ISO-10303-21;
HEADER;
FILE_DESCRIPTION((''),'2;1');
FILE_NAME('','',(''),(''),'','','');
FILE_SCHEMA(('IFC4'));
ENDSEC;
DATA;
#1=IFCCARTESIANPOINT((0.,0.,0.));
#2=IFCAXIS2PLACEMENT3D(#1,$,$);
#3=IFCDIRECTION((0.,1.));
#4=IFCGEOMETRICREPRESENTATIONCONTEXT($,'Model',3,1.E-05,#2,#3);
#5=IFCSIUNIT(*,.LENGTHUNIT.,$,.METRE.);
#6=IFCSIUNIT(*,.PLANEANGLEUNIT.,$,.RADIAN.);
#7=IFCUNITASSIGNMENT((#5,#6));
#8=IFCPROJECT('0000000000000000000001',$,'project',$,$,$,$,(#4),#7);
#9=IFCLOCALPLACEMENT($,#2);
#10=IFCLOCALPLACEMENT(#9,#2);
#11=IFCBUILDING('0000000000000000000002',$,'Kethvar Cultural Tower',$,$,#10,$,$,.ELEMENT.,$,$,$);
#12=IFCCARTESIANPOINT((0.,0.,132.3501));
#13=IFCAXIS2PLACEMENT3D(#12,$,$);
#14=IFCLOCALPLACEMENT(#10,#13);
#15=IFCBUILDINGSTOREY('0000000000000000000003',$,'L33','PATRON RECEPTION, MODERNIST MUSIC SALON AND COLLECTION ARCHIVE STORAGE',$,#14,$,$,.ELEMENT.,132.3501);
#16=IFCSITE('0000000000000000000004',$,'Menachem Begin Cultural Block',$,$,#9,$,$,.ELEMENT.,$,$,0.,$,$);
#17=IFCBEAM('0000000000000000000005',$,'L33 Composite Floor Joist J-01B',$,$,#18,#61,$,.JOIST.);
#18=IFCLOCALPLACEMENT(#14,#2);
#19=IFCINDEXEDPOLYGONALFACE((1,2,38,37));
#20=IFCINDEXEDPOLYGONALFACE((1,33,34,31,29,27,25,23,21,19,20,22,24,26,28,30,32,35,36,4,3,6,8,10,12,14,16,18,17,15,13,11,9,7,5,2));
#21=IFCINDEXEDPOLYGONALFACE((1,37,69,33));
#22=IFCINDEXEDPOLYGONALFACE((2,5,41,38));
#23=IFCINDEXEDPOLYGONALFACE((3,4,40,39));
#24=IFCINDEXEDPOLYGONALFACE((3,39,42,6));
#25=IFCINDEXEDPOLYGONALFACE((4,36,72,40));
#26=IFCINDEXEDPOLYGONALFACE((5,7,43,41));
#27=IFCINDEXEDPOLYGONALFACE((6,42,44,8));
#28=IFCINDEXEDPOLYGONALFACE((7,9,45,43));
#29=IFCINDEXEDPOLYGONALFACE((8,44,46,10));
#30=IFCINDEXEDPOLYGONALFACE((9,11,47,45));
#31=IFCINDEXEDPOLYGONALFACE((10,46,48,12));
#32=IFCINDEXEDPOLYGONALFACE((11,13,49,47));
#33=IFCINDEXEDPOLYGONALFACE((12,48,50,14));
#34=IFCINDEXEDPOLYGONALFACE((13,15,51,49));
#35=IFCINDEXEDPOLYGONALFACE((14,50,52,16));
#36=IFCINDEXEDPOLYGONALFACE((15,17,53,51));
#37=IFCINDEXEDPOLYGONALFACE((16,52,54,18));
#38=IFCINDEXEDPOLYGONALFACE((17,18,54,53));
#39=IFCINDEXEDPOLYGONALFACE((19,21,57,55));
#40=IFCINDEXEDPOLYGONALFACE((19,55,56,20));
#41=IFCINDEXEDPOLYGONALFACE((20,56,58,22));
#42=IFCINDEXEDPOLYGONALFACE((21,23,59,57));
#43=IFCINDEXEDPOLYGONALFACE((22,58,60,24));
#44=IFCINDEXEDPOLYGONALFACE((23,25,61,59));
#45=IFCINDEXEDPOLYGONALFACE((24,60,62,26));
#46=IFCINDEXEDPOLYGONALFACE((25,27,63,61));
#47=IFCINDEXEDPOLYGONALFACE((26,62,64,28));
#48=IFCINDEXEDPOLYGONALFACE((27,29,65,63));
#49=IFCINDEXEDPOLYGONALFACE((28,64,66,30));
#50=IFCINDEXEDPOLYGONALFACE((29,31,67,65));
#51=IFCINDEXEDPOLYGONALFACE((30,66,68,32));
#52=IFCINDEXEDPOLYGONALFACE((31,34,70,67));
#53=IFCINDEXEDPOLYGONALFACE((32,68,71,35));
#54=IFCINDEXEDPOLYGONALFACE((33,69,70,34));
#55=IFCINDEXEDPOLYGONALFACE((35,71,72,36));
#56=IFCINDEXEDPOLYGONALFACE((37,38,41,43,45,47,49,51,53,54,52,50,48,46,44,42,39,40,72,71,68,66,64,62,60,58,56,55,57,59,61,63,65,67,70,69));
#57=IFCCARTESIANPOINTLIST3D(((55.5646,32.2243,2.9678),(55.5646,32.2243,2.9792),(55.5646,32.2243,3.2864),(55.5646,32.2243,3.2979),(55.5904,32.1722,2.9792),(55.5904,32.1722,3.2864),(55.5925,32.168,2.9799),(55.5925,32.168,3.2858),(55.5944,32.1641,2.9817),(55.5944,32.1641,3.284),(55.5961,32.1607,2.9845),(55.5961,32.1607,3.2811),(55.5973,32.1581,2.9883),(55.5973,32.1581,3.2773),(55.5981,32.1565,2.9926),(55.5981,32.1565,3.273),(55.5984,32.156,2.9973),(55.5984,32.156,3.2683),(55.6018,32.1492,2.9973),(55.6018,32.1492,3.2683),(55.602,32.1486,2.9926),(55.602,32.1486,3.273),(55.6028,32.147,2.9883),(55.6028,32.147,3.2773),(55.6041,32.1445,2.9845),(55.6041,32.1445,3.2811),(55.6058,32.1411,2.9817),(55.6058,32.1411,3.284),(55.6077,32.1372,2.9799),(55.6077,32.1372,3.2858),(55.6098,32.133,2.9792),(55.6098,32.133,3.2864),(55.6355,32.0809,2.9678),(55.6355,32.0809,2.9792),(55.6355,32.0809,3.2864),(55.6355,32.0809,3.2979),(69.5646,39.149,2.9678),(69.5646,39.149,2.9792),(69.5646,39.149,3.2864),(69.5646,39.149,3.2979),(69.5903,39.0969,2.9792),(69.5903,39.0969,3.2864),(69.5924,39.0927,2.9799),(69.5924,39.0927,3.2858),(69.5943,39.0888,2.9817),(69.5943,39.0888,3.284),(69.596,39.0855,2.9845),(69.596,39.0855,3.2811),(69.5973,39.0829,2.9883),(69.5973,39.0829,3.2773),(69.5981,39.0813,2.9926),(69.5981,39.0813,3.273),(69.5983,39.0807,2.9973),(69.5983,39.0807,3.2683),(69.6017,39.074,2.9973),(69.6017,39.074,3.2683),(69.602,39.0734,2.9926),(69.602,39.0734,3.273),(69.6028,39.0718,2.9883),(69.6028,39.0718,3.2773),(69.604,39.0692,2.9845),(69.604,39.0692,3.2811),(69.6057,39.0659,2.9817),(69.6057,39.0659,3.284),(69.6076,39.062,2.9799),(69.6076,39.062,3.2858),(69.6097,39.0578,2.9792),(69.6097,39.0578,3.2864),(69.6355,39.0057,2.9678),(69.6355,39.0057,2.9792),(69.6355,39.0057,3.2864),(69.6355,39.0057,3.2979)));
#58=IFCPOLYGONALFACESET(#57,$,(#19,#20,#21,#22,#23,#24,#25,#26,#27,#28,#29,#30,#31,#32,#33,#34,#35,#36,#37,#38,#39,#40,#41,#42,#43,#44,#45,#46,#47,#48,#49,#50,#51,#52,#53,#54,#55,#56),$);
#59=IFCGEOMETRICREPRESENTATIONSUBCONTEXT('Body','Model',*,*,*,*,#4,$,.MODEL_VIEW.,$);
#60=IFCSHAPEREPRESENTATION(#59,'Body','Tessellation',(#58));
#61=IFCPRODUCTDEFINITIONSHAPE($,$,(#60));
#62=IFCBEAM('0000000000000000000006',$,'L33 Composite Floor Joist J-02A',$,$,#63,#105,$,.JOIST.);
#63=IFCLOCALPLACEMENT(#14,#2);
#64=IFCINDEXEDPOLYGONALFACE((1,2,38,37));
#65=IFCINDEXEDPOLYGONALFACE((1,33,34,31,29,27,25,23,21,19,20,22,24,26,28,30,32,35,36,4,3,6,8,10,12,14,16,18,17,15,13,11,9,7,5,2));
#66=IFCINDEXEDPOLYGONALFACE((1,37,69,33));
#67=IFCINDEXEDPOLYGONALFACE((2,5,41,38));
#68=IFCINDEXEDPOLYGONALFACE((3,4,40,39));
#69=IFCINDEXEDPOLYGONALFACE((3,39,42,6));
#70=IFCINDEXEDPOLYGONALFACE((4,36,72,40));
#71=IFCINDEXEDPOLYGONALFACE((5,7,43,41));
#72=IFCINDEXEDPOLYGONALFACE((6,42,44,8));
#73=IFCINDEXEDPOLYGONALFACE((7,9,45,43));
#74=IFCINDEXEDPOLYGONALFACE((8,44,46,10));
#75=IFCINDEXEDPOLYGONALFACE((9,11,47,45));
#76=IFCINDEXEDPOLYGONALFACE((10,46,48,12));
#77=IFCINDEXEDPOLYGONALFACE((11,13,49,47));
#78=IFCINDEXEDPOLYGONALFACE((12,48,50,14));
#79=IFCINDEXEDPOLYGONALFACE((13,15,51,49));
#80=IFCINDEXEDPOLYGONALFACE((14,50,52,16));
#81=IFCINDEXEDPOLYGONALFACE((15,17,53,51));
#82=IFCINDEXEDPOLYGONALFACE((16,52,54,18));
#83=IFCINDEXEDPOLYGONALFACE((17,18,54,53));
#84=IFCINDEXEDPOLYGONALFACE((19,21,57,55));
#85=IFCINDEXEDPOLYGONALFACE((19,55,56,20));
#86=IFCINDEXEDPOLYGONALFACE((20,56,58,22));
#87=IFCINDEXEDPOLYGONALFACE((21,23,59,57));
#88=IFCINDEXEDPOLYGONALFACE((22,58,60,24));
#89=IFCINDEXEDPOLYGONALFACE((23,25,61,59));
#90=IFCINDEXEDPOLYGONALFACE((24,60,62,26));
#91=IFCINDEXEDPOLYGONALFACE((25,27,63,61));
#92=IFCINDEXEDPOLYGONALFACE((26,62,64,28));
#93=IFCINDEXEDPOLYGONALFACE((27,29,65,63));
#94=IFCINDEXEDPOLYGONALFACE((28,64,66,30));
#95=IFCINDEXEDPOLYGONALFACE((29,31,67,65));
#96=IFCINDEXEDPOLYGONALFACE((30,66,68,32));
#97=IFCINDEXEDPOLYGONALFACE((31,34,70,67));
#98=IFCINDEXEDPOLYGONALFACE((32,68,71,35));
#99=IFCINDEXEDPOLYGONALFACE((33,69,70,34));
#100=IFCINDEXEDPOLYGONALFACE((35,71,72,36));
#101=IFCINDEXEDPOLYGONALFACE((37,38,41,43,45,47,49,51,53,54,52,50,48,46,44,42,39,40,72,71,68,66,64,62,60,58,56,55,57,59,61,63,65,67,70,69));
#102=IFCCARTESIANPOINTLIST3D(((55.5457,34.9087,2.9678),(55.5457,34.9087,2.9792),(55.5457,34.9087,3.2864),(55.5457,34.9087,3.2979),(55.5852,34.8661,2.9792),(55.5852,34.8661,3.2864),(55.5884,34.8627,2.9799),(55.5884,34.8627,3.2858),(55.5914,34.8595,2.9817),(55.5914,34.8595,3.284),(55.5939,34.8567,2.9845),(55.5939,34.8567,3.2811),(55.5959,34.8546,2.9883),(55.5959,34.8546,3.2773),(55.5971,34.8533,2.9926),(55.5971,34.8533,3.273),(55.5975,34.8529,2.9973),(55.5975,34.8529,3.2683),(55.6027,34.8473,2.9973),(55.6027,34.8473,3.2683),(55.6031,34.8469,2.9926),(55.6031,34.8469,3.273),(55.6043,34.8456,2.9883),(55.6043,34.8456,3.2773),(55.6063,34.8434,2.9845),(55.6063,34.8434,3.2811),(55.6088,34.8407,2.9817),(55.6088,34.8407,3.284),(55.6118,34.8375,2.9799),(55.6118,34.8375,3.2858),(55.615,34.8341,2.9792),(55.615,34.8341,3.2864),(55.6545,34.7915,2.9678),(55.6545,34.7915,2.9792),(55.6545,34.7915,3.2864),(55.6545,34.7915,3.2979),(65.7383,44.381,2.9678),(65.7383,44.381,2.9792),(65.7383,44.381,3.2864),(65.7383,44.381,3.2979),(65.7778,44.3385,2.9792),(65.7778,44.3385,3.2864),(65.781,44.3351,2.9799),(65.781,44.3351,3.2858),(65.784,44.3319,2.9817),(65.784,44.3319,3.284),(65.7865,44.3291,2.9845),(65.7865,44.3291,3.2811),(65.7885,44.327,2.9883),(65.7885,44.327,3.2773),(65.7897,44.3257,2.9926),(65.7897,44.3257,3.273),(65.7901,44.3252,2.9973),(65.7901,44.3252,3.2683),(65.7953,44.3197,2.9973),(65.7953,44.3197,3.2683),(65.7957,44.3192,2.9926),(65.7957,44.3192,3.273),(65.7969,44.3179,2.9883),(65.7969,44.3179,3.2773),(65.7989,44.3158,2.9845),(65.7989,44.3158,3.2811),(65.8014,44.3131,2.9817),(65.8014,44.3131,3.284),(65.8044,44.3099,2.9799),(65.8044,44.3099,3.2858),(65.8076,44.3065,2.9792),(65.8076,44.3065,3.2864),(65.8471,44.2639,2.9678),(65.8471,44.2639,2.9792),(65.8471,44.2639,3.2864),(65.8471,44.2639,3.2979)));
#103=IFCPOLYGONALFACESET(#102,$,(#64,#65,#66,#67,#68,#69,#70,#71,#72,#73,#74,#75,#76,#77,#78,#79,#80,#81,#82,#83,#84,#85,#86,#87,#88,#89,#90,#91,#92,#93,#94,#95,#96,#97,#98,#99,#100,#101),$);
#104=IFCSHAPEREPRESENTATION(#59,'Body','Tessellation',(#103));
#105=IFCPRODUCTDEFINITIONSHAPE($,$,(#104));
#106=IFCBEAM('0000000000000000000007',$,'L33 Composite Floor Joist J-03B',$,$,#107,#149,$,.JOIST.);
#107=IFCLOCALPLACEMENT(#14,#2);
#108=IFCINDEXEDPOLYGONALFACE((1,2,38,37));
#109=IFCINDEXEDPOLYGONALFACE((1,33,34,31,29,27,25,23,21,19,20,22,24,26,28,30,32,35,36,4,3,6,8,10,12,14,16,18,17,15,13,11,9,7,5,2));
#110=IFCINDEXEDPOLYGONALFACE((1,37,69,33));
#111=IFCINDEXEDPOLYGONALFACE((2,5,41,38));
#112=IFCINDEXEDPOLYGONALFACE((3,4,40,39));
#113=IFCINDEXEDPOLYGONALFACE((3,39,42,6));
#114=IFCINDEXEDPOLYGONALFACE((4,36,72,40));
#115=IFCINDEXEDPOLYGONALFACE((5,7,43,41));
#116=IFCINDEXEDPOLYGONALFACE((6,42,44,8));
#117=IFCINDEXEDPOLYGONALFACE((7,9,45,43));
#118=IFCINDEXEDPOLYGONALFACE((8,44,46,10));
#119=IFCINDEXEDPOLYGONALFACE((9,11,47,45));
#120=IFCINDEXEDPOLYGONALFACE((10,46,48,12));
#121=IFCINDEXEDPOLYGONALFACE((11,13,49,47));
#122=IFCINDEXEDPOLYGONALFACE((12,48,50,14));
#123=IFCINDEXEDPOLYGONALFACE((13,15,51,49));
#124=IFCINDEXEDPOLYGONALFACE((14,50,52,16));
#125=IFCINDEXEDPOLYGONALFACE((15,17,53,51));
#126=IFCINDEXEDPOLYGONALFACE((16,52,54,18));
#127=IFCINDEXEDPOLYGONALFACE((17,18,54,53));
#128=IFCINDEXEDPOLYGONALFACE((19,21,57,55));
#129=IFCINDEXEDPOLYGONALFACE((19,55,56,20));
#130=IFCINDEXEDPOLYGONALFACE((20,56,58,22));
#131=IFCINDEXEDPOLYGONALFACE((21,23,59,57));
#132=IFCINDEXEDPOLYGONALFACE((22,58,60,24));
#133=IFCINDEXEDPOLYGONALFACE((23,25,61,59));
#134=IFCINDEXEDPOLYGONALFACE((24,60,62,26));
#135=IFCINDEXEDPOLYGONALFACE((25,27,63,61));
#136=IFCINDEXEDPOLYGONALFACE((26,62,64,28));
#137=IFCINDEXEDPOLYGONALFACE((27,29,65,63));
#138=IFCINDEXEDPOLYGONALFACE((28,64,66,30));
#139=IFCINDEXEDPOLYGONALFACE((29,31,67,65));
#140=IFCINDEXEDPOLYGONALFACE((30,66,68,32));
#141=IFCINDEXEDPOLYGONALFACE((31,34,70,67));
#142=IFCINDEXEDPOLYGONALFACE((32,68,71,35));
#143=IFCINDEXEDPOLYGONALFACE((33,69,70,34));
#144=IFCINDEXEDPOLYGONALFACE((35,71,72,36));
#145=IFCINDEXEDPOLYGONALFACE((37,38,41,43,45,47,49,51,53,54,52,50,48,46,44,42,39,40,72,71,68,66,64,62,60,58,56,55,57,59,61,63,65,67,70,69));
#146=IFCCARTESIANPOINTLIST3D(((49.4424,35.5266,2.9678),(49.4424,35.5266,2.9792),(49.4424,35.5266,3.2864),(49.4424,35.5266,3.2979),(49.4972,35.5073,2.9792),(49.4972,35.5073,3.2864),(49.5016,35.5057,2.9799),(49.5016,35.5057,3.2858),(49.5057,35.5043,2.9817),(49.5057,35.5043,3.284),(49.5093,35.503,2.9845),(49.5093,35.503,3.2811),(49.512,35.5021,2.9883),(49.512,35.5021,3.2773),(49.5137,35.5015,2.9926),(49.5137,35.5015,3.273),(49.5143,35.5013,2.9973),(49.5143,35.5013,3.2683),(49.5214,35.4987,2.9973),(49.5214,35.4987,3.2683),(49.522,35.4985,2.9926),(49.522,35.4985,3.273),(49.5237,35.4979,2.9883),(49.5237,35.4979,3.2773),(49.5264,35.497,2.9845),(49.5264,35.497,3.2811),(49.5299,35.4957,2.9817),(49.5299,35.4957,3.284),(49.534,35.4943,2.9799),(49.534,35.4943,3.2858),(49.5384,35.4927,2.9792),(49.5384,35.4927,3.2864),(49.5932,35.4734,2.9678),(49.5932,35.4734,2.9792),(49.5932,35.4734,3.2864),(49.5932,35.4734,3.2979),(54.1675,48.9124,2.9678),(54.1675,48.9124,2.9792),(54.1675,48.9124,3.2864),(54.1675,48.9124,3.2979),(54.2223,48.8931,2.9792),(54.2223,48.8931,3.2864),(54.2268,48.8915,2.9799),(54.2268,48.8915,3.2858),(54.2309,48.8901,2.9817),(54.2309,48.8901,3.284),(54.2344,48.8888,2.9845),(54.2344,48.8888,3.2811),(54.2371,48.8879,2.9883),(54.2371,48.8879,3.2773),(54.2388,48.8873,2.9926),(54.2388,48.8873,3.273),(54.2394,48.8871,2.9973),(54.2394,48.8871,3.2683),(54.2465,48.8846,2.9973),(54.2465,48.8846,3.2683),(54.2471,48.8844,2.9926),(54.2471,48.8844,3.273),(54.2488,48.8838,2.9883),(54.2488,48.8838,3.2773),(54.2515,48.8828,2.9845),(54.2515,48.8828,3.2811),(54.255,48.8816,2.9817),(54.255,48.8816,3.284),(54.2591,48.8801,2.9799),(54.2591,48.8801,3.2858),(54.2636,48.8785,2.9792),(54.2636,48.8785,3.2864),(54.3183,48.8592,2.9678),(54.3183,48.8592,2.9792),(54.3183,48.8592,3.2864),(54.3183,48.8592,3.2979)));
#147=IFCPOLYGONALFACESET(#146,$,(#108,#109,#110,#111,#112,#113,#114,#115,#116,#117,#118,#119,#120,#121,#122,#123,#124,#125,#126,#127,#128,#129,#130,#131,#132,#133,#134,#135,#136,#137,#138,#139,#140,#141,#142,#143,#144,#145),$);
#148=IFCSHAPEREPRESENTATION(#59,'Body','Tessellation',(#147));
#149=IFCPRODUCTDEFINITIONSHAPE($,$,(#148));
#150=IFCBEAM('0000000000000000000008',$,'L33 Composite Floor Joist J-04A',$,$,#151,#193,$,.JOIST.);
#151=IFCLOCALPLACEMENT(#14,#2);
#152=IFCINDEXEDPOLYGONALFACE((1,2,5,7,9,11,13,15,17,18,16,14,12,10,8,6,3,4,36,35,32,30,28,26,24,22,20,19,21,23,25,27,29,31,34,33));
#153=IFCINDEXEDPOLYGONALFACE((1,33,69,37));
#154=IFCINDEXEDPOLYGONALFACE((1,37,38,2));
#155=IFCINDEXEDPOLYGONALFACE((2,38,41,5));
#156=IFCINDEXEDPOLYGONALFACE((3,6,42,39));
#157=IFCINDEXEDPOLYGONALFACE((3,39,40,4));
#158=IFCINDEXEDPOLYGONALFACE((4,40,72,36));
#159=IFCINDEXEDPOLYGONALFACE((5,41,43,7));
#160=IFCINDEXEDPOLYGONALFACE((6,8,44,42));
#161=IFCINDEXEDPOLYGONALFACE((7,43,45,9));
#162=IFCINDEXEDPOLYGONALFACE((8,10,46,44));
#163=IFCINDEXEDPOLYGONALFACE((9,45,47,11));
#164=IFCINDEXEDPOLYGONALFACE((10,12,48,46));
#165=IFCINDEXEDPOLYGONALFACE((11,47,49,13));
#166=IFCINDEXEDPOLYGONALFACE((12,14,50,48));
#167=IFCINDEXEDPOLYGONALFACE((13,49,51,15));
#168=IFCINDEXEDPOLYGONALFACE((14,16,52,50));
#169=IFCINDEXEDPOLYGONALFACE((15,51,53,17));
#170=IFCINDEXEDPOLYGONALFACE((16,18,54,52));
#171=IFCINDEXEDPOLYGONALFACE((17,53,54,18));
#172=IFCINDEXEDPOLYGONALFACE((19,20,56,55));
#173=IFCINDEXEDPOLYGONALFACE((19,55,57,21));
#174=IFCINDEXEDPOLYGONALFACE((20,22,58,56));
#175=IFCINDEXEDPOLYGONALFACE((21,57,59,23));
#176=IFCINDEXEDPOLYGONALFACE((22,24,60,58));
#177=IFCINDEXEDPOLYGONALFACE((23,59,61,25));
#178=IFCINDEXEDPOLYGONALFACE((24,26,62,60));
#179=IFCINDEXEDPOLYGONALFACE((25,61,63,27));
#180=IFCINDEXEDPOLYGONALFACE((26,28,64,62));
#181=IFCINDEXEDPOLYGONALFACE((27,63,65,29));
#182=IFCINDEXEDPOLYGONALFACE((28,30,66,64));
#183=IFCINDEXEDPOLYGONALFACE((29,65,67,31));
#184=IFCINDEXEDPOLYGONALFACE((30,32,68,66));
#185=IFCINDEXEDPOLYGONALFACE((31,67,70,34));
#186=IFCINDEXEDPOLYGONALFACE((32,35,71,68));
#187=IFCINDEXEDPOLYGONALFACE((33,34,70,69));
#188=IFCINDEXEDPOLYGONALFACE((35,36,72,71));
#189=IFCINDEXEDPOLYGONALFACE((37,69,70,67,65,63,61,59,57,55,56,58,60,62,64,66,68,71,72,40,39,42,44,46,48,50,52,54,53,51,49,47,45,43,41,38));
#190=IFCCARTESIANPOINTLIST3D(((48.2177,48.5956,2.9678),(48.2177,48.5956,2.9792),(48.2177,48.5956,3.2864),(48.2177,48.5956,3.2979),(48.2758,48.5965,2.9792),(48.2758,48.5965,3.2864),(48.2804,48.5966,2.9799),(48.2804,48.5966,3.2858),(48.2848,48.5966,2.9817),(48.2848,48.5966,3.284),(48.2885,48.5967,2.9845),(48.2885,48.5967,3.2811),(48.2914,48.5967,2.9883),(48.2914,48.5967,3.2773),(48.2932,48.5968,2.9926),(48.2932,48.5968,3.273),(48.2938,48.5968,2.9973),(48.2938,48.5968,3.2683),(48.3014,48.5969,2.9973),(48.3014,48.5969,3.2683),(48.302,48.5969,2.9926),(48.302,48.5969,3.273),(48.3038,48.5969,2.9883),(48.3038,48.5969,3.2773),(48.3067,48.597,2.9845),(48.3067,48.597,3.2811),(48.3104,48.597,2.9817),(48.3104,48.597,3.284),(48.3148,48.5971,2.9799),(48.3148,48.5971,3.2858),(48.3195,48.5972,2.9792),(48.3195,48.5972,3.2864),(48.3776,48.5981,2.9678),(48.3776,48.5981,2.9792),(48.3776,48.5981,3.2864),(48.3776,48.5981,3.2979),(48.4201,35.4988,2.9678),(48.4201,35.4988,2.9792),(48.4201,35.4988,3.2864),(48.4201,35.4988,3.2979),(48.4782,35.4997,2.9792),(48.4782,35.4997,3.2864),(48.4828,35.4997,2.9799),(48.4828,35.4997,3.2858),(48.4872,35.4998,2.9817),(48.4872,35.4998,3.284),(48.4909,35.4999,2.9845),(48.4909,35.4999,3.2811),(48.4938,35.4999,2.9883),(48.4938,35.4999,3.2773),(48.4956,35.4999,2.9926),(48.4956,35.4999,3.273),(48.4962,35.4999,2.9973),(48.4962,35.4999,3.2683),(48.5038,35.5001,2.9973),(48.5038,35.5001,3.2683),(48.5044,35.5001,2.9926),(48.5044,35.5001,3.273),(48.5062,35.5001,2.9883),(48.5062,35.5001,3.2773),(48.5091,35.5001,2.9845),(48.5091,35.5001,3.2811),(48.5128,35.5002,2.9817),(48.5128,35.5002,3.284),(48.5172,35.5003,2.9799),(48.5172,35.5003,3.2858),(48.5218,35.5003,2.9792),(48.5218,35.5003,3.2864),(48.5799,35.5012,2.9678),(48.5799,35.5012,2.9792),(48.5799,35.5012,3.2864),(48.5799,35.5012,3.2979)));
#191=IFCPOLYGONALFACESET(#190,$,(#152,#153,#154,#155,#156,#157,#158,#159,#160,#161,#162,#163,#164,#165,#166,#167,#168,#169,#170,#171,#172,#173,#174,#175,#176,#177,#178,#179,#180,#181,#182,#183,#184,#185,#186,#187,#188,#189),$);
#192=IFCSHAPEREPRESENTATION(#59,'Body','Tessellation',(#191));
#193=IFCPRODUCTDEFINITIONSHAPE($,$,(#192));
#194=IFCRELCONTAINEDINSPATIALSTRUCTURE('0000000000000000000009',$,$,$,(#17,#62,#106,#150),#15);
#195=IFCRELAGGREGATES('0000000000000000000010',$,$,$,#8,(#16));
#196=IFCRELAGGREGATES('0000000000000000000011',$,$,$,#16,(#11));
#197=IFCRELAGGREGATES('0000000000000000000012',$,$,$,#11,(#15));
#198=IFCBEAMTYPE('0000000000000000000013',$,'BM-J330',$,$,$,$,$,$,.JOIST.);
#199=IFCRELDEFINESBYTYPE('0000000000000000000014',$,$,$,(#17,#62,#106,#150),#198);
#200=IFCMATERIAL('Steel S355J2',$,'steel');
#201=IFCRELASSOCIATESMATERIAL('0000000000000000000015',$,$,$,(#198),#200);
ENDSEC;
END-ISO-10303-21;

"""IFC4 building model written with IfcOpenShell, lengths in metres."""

from ifc_helpers import new_model, si_unit, direction, frame, origin, origin_2d, place, context, subcontext, project, spatial, i_section, extrude, source, transform, mapped, material, material_profile, profile_set, type_object, element, save


model = new_model("IFC4")

# Units and contexts
model_context = context("Model", 3, precision=1e-05, world=origin(), true_north=direction((0.0, 1.0)))
body_context = subcontext(model_context, "Body", "Model", "MODEL_VIEW")
ifc_project = project(units=[si_unit("LENGTHUNIT", "METRE"), si_unit("PLANEANGLEUNIT", "RADIAN")], contexts=[model_context])

# Site, building, storey
site_placement = place(None, origin())
site = spatial("IfcSite", under=ifc_project, at=site_placement, Name="Menachem Begin Cultural Block", CompositionType="ELEMENT", RefElevation=0.0)
building_placement = place(site_placement, origin())
building = spatial("IfcBuilding", under=site, at=building_placement, Name="Kethvar Cultural Tower", CompositionType="ELEMENT")
storey_placement = place(building_placement, frame((0.0, 0.0, 132.3501)))
storey = spatial("IfcBuildingStorey", under=building, at=storey_placement, Name="L33", Description="PATRON RECEPTION, MODERNIST MUSIC SALON AND COLLECTION ARCHIVE STORAGE", CompositionType="ELEMENT", Elevation=132.3501)

# Beams
ifc_material_1 = material(Name="Steel S355J2", Category="steel")
ifc_material_profile_1 = material_profile(ifc_material_1, i_section(OverallWidth=0.1599, OverallDepth=0.3301, WebThickness=0.0076, FlangeThickness=0.0115, FilletRadius=0.0181, at=origin_2d()), Name="Steel S355J2 — IPE330")
ifc_profile_set_1 = profile_set([ifc_material_profile_1], Name="Steel S355J2 — IPE330")
beam_type_1 = type_object("IfcBeamType", Name="BM-J330", PredefinedType="JOIST", material=ifc_profile_set_1)
shared_shape_1 = source(origin(), body_context, "Body", "SweptSolid", [
    extrude(i_section(OverallWidth=0.1599, OverallDepth=0.3301, WebThickness=0.0076, FlangeThickness=0.0115, FilletRadius=0.0181, at=origin_2d()), origin(), (0.0, 0.0, 1.0), 15.6189),
])
beam_1_placement = place(storey_placement, frame((55.6001, 32.1526, 3.1328), z_axis=(0.896345, 0.443358, 0.0), x_axis=(-0.443358, 0.896345, 0.0)))
element("IfcBeam", 1, at=beam_1_placement, inside=storey, type_object=beam_type_1, Name="L33 Composite Floor Joist J-01B", PredefinedType="JOIST", context=body_context, shape_type="MappedRepresentation", body=[
    mapped(shared_shape_1, transform((0.0, 0.0, 0.0), scale=1.0)),
])
shared_shape_2 = source(origin(), body_context, "Body", "SweptSolid", [
    extrude(i_section(OverallWidth=0.1599, OverallDepth=0.3301, WebThickness=0.0076, FlangeThickness=0.0115, FilletRadius=0.0181, at=origin_2d()), origin(), (0.0, 0.0, 1.0), 13.9146),
])
beam_2_placement = place(storey_placement, frame((55.6001, 34.8501, 3.1328), z_axis=(0.732513, 0.680753, 0.0), x_axis=(-0.680753, 0.732513, 0.0)))
element("IfcBeam", 2, at=beam_2_placement, inside=storey, type_object=beam_type_1, Name="L33 Composite Floor Joist J-02A", PredefinedType="JOIST", context=body_context, shape_type="MappedRepresentation", body=[
    mapped(shared_shape_2, transform((0.0, 0.0, 0.0), scale=1.0)),
])
shared_shape_3 = source(origin(), body_context, "Body", "SweptSolid", [
    extrude(i_section(OverallWidth=0.1599, OverallDepth=0.3301, WebThickness=0.0076, FlangeThickness=0.0115, FilletRadius=0.0181, at=origin_2d()), origin(), (0.0, 0.0, 1.0), 14.1953),
])
beam_3_placement = place(storey_placement, frame((49.5178, 35.5, 3.1328), z_axis=(0.332865, 0.942974, 0.0), x_axis=(-0.942974, 0.332865, 0.0)))
element("IfcBeam", 3, at=beam_3_placement, inside=storey, type_object=beam_type_1, Name="L33 Composite Floor Joist J-03B", PredefinedType="JOIST", context=body_context, shape_type="MappedRepresentation", body=[
    mapped(shared_shape_3, transform((0.0, 0.0, 0.0), scale=1.0)),
])
shared_shape_4 = source(origin(), body_context, "Body", "SweptSolid", [
    extrude(i_section(OverallWidth=0.1599, OverallDepth=0.3301, WebThickness=0.0076, FlangeThickness=0.0115, FilletRadius=0.0181, at=origin_2d()), origin(), (0.0, 0.0, 1.0), 13.0984),
])
beam_4_placement = place(storey_placement, frame((48.5, 35.5, 3.1328), z_axis=(-0.015452, 0.999881, 0.0), x_axis=(-0.999881, -0.015452, 0.0)))
element("IfcBeam", 4, at=beam_4_placement, inside=storey, type_object=beam_type_1, Name="L33 Composite Floor Joist J-04A", PredefinedType="JOIST", context=body_context, shape_type="MappedRepresentation", body=[
    mapped(shared_shape_4, transform((0.0, 0.0, 0.0), scale=1.0)),
])

save(model, "model.ifc")
